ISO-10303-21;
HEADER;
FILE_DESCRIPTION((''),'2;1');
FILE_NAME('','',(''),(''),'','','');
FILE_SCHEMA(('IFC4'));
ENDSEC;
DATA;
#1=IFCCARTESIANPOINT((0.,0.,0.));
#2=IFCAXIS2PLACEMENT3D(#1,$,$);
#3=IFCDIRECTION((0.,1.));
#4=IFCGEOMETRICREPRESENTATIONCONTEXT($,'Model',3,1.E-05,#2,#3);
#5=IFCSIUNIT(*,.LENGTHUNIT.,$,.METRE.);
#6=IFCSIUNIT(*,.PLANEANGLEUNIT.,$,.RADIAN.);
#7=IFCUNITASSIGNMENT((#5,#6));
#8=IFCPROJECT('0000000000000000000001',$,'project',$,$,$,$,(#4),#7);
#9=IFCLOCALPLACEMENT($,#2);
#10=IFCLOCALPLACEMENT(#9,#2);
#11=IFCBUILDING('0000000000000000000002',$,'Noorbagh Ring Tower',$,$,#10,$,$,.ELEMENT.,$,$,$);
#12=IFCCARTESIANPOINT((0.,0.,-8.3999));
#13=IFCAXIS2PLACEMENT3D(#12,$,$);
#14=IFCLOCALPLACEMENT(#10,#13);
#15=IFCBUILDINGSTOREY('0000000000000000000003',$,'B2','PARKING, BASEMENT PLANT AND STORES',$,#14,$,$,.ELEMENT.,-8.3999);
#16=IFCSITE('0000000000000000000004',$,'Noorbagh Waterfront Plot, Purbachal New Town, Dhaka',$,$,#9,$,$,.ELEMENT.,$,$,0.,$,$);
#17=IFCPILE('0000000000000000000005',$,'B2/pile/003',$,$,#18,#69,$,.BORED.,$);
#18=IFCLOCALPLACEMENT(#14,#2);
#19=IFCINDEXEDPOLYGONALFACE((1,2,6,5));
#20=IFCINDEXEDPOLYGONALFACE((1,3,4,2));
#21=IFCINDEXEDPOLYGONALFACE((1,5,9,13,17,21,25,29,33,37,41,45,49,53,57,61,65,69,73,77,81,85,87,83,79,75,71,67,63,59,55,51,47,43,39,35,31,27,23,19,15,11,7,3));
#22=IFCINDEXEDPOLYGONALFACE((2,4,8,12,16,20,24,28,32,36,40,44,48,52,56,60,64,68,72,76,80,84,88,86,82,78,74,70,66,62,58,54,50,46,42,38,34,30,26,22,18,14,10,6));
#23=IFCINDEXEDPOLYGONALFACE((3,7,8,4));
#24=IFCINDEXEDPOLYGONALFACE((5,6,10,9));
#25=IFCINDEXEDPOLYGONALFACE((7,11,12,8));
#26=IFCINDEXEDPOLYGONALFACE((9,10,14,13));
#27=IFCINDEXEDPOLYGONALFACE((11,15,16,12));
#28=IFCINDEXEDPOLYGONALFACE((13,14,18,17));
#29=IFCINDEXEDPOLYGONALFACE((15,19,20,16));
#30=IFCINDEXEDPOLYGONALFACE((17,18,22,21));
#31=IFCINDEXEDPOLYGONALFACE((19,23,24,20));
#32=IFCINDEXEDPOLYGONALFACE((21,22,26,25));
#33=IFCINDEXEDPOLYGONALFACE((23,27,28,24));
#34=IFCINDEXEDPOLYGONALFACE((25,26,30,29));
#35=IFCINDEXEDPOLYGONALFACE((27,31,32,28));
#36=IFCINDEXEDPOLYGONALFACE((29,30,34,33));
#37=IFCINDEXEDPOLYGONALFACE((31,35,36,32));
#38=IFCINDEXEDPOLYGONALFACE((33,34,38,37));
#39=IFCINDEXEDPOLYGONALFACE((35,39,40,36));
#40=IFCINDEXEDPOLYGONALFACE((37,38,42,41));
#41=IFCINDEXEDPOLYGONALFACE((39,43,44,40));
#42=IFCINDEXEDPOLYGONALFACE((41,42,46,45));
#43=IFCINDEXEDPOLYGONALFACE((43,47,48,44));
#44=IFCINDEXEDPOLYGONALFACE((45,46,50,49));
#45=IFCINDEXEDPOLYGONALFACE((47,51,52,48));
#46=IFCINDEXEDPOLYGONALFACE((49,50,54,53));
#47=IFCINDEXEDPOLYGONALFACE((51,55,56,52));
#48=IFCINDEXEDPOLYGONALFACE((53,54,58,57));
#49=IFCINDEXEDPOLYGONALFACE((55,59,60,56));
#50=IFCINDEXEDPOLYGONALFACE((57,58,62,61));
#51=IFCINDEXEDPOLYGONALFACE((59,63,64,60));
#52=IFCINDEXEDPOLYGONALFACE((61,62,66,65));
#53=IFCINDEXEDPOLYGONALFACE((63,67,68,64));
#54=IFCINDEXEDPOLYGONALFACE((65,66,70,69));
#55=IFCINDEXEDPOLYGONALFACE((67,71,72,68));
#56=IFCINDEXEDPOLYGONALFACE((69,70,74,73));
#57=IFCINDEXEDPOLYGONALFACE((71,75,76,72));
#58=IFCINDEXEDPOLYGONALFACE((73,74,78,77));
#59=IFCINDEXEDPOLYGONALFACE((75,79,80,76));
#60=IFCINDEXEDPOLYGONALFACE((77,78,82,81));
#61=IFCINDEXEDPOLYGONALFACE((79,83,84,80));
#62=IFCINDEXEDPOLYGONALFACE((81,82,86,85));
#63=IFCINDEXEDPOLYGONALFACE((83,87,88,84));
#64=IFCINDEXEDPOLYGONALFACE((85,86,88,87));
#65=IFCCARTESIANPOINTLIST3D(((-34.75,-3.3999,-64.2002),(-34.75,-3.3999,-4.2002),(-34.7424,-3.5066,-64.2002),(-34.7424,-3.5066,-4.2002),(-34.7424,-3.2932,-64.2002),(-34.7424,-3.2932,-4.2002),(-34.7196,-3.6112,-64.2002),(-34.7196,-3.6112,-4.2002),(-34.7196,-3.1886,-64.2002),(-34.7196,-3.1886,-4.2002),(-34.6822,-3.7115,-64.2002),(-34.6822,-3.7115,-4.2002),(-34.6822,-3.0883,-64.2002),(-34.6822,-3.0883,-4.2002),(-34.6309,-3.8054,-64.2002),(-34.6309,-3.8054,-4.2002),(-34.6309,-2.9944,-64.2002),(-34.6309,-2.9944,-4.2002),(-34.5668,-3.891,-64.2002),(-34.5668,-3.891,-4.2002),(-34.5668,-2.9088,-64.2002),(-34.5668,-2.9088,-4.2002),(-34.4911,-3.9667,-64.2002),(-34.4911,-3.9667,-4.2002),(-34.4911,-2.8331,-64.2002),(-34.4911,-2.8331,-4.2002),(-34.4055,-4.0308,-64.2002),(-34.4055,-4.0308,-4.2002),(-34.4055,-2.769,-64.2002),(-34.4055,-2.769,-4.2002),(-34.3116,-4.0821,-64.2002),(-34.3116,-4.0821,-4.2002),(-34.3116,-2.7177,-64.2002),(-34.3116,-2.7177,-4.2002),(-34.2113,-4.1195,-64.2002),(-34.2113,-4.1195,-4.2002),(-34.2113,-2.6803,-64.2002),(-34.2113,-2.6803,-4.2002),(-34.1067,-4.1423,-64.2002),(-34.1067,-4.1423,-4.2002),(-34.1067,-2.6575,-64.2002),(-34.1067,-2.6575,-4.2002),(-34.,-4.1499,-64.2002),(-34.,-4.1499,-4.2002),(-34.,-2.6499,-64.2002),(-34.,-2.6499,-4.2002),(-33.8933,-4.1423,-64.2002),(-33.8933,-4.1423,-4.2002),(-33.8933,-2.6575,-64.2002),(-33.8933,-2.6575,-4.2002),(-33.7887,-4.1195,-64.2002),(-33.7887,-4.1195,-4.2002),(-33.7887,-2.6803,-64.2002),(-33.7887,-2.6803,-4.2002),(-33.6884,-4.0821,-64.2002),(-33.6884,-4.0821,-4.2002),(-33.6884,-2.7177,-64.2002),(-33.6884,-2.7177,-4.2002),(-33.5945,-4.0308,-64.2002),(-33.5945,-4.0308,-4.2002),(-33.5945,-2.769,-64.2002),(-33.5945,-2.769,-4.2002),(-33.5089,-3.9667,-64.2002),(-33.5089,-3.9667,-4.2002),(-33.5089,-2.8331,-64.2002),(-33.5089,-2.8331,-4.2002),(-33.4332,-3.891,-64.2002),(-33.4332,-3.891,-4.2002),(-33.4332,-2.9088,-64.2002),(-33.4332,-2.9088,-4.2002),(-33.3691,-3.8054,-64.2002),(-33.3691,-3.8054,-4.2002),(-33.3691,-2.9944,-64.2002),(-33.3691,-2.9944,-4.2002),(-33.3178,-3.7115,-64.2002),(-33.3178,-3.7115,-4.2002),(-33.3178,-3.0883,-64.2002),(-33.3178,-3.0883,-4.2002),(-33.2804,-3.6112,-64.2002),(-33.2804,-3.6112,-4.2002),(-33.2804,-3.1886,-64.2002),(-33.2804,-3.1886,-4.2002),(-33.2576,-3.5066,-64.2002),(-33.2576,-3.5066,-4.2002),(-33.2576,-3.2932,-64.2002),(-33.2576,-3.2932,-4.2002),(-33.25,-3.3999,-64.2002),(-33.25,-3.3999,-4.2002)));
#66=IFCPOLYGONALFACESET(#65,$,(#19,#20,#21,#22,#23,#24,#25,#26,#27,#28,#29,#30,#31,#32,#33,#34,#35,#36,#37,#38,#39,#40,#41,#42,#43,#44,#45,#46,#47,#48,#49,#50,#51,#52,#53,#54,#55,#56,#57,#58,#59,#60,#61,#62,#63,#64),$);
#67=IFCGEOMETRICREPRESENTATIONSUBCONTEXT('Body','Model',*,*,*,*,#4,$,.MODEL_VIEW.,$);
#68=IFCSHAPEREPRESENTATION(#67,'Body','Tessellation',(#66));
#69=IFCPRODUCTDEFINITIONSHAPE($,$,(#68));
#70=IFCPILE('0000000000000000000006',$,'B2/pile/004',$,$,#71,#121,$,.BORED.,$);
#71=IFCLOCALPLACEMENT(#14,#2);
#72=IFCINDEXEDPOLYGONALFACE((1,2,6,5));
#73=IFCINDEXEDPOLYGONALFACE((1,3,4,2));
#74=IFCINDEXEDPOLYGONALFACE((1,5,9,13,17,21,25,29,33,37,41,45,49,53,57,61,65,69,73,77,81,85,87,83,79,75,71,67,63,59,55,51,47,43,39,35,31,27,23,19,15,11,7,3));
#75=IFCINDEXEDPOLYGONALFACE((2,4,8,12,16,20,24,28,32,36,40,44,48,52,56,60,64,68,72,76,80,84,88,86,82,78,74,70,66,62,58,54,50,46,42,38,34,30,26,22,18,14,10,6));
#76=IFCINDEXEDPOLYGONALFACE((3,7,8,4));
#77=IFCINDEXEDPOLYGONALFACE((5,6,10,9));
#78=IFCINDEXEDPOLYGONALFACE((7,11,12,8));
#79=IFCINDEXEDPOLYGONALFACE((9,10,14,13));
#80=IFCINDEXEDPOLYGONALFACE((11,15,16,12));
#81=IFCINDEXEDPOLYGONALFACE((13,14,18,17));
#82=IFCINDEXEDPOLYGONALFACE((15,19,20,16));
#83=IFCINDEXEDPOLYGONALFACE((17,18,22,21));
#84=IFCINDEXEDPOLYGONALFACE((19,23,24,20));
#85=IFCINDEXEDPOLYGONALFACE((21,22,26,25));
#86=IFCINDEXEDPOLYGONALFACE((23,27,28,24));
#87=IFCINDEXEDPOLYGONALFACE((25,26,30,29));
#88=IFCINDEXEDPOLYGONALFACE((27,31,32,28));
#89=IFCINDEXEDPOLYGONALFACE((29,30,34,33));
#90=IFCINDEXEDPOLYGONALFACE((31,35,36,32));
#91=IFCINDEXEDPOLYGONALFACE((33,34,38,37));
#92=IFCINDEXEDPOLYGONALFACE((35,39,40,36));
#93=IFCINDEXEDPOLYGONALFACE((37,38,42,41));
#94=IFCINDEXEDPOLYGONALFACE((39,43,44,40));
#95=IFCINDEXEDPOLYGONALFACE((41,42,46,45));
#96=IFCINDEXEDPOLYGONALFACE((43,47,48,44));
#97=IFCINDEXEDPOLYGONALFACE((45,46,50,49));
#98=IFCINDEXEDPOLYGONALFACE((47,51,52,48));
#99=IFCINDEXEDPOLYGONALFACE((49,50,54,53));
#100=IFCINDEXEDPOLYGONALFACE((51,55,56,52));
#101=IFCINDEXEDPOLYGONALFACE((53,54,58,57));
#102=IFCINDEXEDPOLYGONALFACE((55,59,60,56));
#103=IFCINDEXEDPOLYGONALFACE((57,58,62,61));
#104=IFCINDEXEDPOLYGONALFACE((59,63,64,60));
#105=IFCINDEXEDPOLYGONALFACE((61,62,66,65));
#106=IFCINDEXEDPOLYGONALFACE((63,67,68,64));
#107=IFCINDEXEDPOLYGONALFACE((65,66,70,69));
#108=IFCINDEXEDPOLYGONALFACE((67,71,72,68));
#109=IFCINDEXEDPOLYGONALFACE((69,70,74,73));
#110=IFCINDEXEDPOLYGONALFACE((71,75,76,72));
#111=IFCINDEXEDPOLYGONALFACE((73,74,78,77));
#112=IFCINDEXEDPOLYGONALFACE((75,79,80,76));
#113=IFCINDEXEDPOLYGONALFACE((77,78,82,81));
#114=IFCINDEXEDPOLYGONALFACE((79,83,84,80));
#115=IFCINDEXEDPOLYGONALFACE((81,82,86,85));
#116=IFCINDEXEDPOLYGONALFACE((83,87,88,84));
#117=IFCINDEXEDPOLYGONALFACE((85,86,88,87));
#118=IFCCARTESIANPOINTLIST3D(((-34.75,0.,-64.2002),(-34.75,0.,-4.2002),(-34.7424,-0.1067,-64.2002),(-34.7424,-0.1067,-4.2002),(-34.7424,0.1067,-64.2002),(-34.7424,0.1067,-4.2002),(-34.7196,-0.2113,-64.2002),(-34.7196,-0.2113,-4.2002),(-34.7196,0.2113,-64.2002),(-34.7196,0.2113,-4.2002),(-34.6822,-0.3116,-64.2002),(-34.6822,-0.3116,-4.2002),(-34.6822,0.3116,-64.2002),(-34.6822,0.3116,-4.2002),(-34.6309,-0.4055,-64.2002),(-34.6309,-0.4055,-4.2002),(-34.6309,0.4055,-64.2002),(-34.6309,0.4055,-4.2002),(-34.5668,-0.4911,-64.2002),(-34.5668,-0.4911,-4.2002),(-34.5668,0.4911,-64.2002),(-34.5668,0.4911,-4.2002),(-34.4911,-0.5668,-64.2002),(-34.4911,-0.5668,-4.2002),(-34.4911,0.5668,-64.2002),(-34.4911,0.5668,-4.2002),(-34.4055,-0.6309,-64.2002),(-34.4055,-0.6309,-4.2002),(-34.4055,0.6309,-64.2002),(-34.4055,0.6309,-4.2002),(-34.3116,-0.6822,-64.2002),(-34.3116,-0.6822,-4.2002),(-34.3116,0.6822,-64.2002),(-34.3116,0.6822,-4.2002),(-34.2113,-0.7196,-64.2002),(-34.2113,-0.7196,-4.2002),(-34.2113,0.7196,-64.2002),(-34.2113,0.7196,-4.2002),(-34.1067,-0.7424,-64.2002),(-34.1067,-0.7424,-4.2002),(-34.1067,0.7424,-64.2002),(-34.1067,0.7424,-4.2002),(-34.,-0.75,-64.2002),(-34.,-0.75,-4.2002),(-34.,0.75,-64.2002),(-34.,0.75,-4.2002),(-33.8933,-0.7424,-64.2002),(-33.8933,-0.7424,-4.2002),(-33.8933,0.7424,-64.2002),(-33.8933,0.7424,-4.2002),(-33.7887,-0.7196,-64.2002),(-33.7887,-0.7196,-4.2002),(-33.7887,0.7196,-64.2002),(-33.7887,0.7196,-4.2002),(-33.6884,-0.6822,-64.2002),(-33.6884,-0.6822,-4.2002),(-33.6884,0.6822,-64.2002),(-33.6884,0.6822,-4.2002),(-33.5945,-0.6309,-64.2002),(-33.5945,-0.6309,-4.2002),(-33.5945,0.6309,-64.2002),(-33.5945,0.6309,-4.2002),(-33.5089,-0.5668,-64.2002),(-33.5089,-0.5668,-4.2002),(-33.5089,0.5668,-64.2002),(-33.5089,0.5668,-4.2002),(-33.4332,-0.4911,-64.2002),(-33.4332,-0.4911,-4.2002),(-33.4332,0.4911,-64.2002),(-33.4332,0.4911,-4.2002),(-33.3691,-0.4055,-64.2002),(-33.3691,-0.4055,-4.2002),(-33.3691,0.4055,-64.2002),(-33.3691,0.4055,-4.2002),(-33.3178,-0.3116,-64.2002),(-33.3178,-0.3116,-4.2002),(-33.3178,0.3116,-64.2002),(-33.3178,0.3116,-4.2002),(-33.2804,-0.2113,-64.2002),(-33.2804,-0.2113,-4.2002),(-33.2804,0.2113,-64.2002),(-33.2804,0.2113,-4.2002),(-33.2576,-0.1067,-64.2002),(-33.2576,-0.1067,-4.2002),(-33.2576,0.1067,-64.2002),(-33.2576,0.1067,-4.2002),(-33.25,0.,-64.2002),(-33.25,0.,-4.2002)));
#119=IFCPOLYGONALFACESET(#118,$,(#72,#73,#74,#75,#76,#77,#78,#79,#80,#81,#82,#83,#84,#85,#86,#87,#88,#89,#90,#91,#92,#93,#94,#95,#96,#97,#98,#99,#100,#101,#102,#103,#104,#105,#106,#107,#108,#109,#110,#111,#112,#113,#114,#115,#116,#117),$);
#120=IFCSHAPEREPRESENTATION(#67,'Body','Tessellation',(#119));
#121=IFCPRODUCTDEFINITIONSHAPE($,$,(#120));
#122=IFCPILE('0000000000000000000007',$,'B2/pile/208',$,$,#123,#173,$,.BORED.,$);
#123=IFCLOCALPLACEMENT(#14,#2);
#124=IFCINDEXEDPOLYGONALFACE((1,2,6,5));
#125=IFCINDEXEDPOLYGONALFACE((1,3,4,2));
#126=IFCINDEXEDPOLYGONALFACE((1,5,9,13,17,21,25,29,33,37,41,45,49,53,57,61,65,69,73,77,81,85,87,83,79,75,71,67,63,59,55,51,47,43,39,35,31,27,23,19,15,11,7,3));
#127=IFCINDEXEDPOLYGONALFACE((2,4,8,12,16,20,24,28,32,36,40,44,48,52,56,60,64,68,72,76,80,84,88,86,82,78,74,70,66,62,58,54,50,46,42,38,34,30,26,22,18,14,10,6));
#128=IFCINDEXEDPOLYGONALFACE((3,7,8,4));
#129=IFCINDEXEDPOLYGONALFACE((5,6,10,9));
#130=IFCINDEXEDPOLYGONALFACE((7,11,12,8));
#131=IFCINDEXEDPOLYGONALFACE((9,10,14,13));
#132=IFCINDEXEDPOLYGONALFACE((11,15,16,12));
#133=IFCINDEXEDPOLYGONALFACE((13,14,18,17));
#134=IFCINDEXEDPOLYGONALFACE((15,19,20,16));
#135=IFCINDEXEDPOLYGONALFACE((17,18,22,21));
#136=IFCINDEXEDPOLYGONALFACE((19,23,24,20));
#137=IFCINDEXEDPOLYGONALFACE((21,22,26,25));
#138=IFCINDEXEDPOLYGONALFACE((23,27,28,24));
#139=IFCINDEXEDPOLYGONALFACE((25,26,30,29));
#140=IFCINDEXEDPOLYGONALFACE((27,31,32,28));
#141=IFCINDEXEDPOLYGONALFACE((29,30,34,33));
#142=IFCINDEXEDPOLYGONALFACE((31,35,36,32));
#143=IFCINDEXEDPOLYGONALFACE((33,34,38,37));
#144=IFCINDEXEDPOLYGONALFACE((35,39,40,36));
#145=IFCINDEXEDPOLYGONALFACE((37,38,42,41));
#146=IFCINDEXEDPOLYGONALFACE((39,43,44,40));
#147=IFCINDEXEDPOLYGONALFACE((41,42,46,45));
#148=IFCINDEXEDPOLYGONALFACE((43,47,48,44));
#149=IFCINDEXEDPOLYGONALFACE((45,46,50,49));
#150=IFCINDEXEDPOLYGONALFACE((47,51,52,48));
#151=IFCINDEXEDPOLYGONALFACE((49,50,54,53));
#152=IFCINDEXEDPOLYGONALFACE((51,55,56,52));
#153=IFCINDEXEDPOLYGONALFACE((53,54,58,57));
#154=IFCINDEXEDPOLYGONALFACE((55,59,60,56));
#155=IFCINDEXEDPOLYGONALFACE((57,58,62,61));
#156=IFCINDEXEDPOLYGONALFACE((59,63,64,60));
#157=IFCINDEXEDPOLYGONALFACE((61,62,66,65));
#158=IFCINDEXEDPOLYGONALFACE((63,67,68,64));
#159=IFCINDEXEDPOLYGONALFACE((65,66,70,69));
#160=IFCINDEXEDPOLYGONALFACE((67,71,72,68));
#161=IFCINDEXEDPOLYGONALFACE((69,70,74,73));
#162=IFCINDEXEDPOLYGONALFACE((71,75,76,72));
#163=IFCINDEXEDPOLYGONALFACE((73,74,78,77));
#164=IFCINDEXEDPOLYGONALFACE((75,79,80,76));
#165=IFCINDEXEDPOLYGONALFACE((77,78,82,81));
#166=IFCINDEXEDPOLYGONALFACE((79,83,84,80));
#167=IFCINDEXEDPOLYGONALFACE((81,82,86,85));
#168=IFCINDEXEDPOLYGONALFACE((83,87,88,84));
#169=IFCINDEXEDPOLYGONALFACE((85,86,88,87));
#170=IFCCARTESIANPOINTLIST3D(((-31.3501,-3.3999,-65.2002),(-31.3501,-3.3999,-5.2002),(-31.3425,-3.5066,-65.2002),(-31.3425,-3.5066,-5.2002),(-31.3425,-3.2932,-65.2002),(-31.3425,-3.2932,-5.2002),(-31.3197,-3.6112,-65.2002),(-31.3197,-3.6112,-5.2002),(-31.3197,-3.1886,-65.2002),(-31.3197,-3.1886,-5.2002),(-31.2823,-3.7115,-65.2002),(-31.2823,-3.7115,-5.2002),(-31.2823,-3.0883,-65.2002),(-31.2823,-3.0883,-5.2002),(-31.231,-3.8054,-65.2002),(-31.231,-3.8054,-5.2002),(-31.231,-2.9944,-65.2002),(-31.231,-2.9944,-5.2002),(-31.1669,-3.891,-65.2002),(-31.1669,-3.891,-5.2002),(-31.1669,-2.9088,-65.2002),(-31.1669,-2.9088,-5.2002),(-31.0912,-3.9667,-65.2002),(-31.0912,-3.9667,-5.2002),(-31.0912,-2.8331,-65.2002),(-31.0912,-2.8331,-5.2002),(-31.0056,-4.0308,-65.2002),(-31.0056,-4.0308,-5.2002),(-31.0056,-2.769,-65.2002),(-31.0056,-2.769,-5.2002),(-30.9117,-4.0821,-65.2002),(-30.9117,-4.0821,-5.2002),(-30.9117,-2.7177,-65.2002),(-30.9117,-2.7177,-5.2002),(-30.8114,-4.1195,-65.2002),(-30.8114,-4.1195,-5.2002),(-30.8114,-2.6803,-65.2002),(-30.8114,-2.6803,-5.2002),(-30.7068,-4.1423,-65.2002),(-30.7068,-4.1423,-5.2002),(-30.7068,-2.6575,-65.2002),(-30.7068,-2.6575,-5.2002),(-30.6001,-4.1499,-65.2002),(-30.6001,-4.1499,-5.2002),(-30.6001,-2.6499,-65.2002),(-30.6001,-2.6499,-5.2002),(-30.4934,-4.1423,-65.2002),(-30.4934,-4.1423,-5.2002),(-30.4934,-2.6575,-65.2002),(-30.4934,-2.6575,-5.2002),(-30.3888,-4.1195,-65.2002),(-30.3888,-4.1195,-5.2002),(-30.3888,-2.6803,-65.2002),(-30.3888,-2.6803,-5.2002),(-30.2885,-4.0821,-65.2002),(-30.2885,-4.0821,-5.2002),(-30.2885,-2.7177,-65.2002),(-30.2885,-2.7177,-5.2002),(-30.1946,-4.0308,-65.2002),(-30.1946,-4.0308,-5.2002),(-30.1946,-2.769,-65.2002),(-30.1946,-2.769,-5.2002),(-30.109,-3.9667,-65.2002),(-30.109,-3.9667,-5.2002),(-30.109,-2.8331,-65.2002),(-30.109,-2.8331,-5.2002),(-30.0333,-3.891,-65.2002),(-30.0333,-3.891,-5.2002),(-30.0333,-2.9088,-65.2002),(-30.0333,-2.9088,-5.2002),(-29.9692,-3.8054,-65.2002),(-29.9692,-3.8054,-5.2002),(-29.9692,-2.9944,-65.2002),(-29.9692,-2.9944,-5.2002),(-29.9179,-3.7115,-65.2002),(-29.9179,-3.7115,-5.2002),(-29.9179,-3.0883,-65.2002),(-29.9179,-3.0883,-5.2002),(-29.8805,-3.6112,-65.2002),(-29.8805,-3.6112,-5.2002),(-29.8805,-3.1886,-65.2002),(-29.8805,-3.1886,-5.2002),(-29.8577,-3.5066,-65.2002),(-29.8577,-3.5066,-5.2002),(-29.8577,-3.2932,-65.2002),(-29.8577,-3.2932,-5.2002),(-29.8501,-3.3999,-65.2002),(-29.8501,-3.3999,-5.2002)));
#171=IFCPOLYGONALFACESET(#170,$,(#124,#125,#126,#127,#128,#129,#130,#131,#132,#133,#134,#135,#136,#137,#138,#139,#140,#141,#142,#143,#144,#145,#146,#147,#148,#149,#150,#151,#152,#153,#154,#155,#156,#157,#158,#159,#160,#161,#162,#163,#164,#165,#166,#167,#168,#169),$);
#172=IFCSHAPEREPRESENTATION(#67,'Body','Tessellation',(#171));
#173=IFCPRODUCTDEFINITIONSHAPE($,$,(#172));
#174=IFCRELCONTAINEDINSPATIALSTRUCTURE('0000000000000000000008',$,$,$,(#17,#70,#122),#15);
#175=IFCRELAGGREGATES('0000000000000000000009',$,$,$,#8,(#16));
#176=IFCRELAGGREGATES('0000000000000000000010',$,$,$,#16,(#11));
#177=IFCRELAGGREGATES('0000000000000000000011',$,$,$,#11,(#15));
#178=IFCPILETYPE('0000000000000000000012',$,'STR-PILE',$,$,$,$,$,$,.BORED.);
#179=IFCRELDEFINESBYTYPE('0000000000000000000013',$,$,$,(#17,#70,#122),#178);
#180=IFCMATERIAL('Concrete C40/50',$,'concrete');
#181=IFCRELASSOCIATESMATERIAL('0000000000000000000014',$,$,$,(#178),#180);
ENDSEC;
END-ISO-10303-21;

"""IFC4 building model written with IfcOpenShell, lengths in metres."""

from ifc_helpers import new_model, si_unit, direction, frame, origin, origin_2d, place, context, subcontext, project, spatial, circle, extrude, material, material_profile, profile_set, type_object, element, save


model = new_model("IFC4")

# Units and contexts
model_context = context("Model", 3, precision=1e-05, world=origin(), true_north=direction((0.0, 1.0)))
body_context = subcontext(model_context, "Body", "Model", "MODEL_VIEW")
ifc_project = project(units=[si_unit("LENGTHUNIT", "METRE"), si_unit("PLANEANGLEUNIT", "RADIAN")], contexts=[model_context])

# Site, building, storey
site_placement = place(None, origin())
site = spatial("IfcSite", under=ifc_project, at=site_placement, Name="Noorbagh Waterfront Plot, Purbachal New Town, Dhaka", CompositionType="ELEMENT", RefElevation=0.0)
building_placement = place(site_placement, origin())
building = spatial("IfcBuilding", under=site, at=building_placement, Name="Noorbagh Ring Tower", CompositionType="ELEMENT")
storey_placement = place(building_placement, frame((0.0, 0.0, -8.3999)))
storey = spatial("IfcBuildingStorey", under=building, at=storey_placement, Name="B2", Description="PARKING, BASEMENT PLANT AND STORES", CompositionType="ELEMENT", Elevation=-8.3999)

# Piles
ifc_material_1 = material(Name="Concrete C40/50", Category="concrete")
ifc_material_profile_1 = material_profile(ifc_material_1, circle(Radius=0.75, at=origin_2d()), Name="PILE1500")
ifc_profile_set_1 = profile_set([ifc_material_profile_1], Name="Concrete C40/50")
pile_type = type_object("IfcPileType", Name="STR-PILE", PredefinedType="BORED", material=ifc_profile_set_1)
for number, where, z_axis, x_axis, name in (
    (1, (-34.0, -3.3999, -4.2002), (0.0, 0.0, -1.0), (1.0, 0.0, 0.0), "B2/pile/003"),
    (2, (-34.0, 0.0, -4.2002), (0.0, 0.0, -1.0), (1.0, 0.0, 0.0), "B2/pile/004"),
    (3, (-30.6001, -3.3999, -5.2002), (0.0, 0.0, -1.0), (1.0, 0.0, 0.0), "B2/pile/208"),
):
    element("IfcPile", number, at=place(storey_placement, frame(where, z_axis=z_axis, x_axis=x_axis)), inside=storey, type_object=pile_type, Name=name, PredefinedType="BORED", context=body_context, shape_type="SweptSolid", body=[
        extrude(circle(Radius=0.75, at=origin_2d()), origin(), (0.0, 0.0, 1.0), 60.0),
    ])

save(model, "model.ifc")
